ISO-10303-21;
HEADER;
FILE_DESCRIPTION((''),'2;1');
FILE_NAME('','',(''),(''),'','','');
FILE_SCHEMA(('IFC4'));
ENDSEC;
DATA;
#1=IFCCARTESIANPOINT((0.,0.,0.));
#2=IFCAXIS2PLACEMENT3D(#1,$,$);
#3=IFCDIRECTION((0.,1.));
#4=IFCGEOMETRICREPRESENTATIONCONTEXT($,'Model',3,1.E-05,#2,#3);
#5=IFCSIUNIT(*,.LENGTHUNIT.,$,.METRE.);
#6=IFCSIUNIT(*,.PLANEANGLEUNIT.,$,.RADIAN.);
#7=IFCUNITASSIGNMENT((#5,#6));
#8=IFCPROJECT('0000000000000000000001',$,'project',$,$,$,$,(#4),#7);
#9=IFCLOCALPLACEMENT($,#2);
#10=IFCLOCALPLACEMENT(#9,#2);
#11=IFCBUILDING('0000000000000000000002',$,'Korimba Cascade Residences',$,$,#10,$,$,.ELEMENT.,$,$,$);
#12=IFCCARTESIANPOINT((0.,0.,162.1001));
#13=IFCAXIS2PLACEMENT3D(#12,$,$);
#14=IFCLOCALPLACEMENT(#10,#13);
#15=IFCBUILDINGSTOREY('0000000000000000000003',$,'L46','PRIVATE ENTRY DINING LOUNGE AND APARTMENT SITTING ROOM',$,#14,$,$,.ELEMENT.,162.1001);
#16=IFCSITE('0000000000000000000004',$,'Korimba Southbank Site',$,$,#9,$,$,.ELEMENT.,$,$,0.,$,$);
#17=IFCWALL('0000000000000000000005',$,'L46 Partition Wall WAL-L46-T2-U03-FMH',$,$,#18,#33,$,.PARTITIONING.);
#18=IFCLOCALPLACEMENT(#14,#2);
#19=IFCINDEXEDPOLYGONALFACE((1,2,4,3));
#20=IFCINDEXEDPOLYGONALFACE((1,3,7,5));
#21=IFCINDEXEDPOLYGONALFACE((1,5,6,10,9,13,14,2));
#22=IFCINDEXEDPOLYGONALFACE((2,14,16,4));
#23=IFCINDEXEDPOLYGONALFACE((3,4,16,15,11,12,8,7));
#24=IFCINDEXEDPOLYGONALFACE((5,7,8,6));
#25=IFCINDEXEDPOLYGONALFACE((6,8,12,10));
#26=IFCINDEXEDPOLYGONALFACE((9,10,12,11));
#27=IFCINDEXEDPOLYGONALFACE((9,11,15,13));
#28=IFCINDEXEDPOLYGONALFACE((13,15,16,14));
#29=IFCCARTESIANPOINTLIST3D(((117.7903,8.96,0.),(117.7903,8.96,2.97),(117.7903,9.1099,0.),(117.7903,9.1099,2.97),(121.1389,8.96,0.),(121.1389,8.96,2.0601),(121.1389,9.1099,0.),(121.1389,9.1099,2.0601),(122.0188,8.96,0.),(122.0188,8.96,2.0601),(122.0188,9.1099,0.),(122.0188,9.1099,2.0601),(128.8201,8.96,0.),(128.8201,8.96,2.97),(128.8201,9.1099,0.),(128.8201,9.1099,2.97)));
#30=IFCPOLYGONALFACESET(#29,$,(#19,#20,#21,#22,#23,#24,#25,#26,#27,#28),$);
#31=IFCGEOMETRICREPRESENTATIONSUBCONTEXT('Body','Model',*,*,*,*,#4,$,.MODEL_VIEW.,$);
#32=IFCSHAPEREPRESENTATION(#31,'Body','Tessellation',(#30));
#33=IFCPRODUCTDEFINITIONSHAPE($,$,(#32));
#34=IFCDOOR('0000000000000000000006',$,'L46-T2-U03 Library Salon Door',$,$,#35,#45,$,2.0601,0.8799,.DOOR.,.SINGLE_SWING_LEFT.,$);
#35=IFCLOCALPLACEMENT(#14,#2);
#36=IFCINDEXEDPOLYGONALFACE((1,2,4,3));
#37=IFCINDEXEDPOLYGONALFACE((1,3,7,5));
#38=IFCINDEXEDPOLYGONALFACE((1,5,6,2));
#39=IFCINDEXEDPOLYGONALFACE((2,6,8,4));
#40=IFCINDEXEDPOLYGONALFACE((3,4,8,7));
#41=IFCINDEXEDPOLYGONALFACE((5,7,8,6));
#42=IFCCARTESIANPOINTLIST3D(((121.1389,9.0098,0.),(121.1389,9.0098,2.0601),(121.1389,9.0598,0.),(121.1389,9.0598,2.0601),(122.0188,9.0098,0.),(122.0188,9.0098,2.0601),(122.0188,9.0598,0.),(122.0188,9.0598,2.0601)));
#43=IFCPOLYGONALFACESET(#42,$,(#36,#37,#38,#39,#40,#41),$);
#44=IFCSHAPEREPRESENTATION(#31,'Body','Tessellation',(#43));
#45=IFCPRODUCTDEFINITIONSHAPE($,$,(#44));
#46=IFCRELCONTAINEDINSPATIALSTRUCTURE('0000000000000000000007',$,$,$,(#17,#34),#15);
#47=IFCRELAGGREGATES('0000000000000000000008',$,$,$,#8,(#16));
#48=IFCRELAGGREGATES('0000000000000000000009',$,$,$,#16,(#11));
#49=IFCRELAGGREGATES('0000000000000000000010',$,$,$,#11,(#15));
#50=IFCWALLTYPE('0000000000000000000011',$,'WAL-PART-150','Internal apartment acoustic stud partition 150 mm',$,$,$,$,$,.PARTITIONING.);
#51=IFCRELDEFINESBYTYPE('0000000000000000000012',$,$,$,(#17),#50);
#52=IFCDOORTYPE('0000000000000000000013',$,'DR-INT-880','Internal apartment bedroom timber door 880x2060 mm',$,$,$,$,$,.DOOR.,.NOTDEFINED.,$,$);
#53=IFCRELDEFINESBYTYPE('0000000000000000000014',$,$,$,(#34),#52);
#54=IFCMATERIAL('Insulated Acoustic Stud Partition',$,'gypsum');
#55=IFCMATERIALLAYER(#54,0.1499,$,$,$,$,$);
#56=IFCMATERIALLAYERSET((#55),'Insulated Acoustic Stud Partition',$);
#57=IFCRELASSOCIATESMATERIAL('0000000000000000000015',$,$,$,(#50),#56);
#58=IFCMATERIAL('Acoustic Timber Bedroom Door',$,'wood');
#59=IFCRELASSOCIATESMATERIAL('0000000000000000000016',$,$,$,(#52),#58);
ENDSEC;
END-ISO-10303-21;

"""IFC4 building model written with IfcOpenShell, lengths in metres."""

from ifc_helpers import new_model, si_unit, direction, frame, frame_2d, origin, place, context, subcontext, project, spatial, rectangle, extrude, material, layer, layer_set, type_object, element, fill, save


model = new_model("IFC4")

# Units and contexts
model_context = context("Model", 3, precision=1e-05, world=origin(), true_north=direction((0.0, 1.0)))
body_context = subcontext(model_context, "Body", "Model", "MODEL_VIEW")
ifc_project = project(units=[si_unit("LENGTHUNIT", "METRE"), si_unit("PLANEANGLEUNIT", "RADIAN")], contexts=[model_context])

# Site, building, storey
site_placement = place(None, origin())
site = spatial("IfcSite", under=ifc_project, at=site_placement, Name="Korimba Southbank Site", CompositionType="ELEMENT", RefElevation=0.0)
building_placement = place(site_placement, origin())
building = spatial("IfcBuilding", under=site, at=building_placement, Name="Korimba Cascade Residences", CompositionType="ELEMENT")
storey_placement = place(building_placement, frame((0.0, 0.0, 162.1001)))
storey = spatial("IfcBuildingStorey", under=building, at=storey_placement, Name="L46", Description="PRIVATE ENTRY DINING LOUNGE AND APARTMENT SITTING ROOM", CompositionType="ELEMENT", Elevation=162.1001)

# Wall, opening, door
ifc_material_1 = material(Name="Insulated Acoustic Stud Partition", Category="gypsum")
ifc_layer_1 = layer(ifc_material_1, 0.1499)
ifc_layer_set_1 = layer_set([ifc_layer_1], Name="Insulated Acoustic Stud Partition")
wall_type_1 = type_object("IfcWallType", Name="WAL-PART-150", Description="Internal apartment acoustic stud partition 150 mm", PredefinedType="PARTITIONING", material=ifc_layer_set_1)
wall_1_placement = place(storey_placement, frame((117.7903, 9.0349, 0.0), z_axis=(0.0, 0.0, 1.0), x_axis=(1.0, 0.0, 0.0)))
wall_1 = element("IfcWall", 1, at=wall_1_placement, inside=storey, type_object=wall_type_1, Name="L46 Partition Wall WAL-L46-T2-U03-FMH", PredefinedType="PARTITIONING", context=body_context, shape_type="SweptSolid", body=[
    extrude(rectangle(XDim=11.0298, YDim=0.1499, at=frame_2d((5.5149, 0.0))), origin(), (0.0, 0.0, 1.0), 2.97),
])
opening_1_placement = place(wall_1_placement, frame((3.3486, 0.0, 0.0)))
opening_1 = element("IfcOpeningElement", 2, at=opening_1_placement, cuts=wall_1, PredefinedType="OPENING", context=body_context, shape_type="SweptSolid", body=[
    extrude(rectangle(XDim=0.8799, YDim=2.0601, at=frame_2d((0.4399, 1.03))), frame((0.0, 0.085, 0.0), z_axis=(0.0, -1.0, 0.0), x_axis=(1.0, 0.0, 0.0)), (0.0, 0.0, 1.0), 0.1699),
])
ifc_material_2 = material(Name="Acoustic Timber Bedroom Door", Category="wood")
door_type_1 = type_object("IfcDoorType", Name="DR-INT-880", Description="Internal apartment bedroom timber door 880x2060 mm", OperationType="NOTDEFINED", PredefinedType="DOOR", material=ifc_material_2)
door_1_placement = place(opening_1_placement, origin())
door_1 = element("IfcDoor", 3, at=door_1_placement, inside=storey, type_object=door_type_1, Name="L46-T2-U03 Library Salon Door", OperationType="SINGLE_SWING_LEFT", OverallHeight=2.0601, OverallWidth=0.8799, PredefinedType="DOOR", context=body_context, shape_type="SweptSolid", body=[
    extrude(rectangle(XDim=0.8799, YDim=2.0601, at=frame_2d((0.4399, 1.03))), frame((0.0, 0.0249, 0.0), z_axis=(0.0, -1.0, 0.0), x_axis=(1.0, 0.0, 0.0)), (0.0, 0.0, 1.0), 0.05),
])
fill(opening_1, door_1)

save(model, "model.ifc")
